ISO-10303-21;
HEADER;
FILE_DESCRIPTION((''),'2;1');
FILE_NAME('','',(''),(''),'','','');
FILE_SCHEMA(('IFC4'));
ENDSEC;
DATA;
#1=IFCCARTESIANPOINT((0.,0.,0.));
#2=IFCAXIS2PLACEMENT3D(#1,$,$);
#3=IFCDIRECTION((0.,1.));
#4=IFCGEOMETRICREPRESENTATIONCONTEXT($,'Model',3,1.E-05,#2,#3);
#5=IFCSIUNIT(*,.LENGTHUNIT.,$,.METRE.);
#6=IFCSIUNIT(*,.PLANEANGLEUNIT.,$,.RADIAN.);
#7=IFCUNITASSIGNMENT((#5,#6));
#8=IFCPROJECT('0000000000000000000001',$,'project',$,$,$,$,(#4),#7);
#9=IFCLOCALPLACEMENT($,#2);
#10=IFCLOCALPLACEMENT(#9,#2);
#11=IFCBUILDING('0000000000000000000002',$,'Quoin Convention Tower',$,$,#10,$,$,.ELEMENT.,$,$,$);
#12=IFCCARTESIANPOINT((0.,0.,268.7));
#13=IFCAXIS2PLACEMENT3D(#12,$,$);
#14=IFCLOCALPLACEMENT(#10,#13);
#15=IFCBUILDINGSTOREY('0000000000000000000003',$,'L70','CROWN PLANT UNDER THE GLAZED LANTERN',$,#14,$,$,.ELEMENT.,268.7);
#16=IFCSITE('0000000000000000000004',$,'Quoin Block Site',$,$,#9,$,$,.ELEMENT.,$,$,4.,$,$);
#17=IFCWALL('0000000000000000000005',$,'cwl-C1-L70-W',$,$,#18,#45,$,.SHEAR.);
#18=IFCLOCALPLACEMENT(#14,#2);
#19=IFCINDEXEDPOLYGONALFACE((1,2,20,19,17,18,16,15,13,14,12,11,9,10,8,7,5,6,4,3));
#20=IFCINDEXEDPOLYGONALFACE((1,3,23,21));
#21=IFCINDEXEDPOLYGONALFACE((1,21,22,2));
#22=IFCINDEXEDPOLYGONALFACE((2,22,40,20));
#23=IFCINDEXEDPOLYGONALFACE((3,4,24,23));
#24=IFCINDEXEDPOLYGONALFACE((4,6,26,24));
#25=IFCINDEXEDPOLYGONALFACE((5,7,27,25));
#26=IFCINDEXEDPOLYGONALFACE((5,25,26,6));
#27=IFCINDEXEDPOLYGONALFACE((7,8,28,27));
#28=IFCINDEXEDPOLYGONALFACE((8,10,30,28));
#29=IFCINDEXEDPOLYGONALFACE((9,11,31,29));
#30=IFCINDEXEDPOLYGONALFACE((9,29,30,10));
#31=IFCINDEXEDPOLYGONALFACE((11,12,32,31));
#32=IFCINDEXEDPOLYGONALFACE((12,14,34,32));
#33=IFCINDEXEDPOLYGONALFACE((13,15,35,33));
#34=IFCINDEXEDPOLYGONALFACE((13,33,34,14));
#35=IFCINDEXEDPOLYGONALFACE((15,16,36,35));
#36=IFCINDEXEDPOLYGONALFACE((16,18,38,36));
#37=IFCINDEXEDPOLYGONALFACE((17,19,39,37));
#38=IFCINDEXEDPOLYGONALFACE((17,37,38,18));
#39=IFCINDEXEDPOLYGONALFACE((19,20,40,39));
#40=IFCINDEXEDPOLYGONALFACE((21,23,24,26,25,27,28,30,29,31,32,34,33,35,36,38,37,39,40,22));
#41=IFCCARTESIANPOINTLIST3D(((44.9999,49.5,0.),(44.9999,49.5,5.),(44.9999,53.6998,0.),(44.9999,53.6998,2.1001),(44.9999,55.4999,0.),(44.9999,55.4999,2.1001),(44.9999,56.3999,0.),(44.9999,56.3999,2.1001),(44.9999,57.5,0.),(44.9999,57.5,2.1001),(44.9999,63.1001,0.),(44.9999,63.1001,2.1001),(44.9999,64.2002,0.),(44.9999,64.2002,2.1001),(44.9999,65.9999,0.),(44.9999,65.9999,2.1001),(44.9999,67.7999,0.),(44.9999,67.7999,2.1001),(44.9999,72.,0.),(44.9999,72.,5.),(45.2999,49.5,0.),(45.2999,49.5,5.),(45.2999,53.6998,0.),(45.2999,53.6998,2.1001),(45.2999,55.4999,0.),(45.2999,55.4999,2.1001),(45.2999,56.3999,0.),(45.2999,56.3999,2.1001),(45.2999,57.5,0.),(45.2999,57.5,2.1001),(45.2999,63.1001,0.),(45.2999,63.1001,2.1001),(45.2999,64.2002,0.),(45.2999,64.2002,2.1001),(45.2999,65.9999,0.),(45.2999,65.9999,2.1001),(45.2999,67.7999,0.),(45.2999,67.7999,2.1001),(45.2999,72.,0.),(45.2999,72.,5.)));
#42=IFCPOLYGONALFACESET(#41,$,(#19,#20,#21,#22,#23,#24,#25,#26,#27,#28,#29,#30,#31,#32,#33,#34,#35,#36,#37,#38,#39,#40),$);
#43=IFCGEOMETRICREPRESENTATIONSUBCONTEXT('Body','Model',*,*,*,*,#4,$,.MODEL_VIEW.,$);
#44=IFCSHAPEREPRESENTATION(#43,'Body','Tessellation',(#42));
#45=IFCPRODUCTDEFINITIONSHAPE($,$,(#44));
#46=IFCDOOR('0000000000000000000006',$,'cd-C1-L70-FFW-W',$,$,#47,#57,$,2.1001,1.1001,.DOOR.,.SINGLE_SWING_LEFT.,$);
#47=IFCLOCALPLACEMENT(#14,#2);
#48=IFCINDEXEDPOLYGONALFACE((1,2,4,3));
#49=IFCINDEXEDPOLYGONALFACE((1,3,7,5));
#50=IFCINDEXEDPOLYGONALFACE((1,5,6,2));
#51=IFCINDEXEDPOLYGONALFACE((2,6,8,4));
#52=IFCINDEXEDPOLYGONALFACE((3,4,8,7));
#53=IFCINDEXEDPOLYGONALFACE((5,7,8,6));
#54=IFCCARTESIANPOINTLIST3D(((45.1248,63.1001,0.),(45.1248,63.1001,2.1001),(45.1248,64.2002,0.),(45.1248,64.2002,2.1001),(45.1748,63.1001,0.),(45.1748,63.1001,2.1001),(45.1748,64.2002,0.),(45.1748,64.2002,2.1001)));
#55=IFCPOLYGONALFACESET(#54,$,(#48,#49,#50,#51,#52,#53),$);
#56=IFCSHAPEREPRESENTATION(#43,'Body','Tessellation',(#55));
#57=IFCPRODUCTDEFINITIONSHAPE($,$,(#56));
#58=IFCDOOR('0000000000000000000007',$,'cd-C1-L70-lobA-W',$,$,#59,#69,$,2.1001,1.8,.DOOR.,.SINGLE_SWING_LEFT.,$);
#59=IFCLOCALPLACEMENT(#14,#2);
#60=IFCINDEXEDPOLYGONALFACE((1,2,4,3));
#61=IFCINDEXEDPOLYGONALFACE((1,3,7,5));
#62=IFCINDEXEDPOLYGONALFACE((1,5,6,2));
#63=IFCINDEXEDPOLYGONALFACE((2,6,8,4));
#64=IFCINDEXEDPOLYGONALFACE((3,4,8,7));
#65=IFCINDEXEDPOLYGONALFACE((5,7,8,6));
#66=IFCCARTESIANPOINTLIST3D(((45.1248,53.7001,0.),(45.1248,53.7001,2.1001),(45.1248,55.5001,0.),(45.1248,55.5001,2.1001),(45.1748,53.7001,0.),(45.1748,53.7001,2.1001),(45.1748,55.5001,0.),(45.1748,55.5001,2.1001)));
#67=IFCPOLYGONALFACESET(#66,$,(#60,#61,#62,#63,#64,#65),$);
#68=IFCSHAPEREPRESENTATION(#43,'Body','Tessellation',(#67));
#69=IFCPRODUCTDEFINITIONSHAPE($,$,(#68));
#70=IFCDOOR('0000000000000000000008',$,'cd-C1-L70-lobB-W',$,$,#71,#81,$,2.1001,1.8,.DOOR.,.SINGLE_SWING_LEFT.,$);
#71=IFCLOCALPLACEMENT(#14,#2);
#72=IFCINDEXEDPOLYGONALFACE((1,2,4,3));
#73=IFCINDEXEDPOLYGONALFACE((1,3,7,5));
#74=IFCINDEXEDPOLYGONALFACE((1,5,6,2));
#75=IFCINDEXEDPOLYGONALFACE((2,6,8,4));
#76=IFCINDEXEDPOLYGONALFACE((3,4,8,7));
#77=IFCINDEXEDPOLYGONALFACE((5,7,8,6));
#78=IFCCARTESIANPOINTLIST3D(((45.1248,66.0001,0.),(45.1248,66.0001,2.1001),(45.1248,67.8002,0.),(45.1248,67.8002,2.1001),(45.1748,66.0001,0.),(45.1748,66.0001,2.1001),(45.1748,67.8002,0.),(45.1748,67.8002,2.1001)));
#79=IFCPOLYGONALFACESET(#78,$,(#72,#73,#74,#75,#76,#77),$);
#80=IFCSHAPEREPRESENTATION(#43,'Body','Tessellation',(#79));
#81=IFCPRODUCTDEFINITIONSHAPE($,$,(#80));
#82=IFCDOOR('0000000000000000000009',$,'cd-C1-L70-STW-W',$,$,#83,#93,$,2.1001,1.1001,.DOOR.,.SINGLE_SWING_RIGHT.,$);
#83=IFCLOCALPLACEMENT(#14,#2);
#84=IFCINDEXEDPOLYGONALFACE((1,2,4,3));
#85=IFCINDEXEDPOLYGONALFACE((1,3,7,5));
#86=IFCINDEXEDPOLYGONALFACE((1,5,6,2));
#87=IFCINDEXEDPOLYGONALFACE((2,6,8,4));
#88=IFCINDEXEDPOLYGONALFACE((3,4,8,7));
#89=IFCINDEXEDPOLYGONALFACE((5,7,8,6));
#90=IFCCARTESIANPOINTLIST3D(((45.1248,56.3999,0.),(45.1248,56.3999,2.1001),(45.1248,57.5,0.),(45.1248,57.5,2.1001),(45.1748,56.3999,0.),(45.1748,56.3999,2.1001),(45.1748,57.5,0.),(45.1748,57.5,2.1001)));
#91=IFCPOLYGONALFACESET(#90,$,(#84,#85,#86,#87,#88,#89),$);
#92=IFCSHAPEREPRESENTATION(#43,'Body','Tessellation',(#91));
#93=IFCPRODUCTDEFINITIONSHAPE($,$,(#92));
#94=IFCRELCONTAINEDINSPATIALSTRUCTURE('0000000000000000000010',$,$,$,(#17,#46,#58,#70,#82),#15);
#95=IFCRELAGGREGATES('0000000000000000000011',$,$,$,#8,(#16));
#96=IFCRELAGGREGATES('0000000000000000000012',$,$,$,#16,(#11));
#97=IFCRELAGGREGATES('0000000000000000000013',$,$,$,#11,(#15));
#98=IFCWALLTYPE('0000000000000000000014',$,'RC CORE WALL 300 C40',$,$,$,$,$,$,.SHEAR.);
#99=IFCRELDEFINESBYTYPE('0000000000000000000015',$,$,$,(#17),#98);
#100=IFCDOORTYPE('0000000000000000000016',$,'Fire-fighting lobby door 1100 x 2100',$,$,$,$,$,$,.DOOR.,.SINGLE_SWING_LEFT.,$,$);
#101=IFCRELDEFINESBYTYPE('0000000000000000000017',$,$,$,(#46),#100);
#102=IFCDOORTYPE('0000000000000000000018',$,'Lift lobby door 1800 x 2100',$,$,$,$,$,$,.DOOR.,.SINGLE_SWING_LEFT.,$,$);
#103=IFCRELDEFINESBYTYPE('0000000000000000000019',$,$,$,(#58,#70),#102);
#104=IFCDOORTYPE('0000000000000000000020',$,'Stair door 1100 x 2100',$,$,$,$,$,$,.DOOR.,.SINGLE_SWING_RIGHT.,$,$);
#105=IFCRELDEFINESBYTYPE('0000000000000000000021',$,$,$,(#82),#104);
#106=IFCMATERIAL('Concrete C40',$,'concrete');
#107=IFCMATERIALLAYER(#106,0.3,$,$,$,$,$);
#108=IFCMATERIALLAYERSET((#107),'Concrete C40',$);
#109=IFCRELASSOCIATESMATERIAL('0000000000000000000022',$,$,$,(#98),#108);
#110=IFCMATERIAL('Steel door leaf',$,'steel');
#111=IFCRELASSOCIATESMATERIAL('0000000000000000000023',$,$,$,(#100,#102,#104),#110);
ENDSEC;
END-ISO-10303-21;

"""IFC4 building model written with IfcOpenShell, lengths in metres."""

from ifc_helpers import new_model, si_unit, direction, frame, frame_2d, origin, place, context, subcontext, project, spatial, rectangle, extrude, material, layer, layer_set, type_object, element, fill, save


model = new_model("IFC4")

# Units and contexts
model_context = context("Model", 3, precision=1e-05, world=origin(), true_north=direction((0.0, 1.0)))
body_context = subcontext(model_context, "Body", "Model", "MODEL_VIEW")
ifc_project = project(units=[si_unit("LENGTHUNIT", "METRE"), si_unit("PLANEANGLEUNIT", "RADIAN")], contexts=[model_context])

# Site, building, storey
site_placement = place(None, origin())
site = spatial("IfcSite", under=ifc_project, at=site_placement, Name="Quoin Block Site", CompositionType="ELEMENT", RefElevation=4.0)
building_placement = place(site_placement, origin())
building = spatial("IfcBuilding", under=site, at=building_placement, Name="Quoin Convention Tower", CompositionType="ELEMENT")
storey_placement = place(building_placement, frame((0.0, 0.0, 268.7)))
storey = spatial("IfcBuildingStorey", under=building, at=storey_placement, Name="L70", Description="CROWN PLANT UNDER THE GLAZED LANTERN", CompositionType="ELEMENT", Elevation=268.7)

# Shared definitions
ifc_material_1 = material(Name="Steel door leaf", Category="steel")

# Shared definitions
ifc_material_2 = material(Name="Concrete C40", Category="concrete")
ifc_layer_1 = layer(ifc_material_2, 0.3)
ifc_layer_set_1 = layer_set([ifc_layer_1], Name="Concrete C40")
wall_type_1 = type_object("IfcWallType", Name="RC CORE WALL 300 C40", PredefinedType="SHEAR", material=ifc_layer_set_1)

# Wall, openings, doors
wall_1_placement = place(storey_placement, frame((45.1499, 49.5, 0.0), z_axis=(0.0, 0.0, 1.0), x_axis=(0.0, 1.0, 0.0)))
wall_1 = element("IfcWall", 1, at=wall_1_placement, inside=storey, type_object=wall_type_1, Name="cwl-C1-L70-W", PredefinedType="SHEAR", context=body_context, shape_type="SweptSolid", body=[
    extrude(rectangle(XDim=22.5, YDim=0.3, at=frame_2d((11.25, 0.0))), origin(), (0.0, 0.0, 1.0), 5.0),
])
opening_1_placement = place(wall_1_placement, frame((4.2, 0.0, 0.0)))
opening_1 = element("IfcOpeningElement", 2, at=opening_1_placement, cuts=wall_1, PredefinedType="OPENING", context=body_context, shape_type="SweptSolid", body=[
    extrude(rectangle(XDim=1.8, YDim=2.1001, at=frame_2d((0.8999, 1.05))), frame((0.0, 0.1599, 0.0), z_axis=(0.0, -1.0, 0.0), x_axis=(1.0, 0.0, 0.0)), (0.0, 0.0, 1.0), 0.3201),
])
opening_2_placement = place(wall_1_placement, frame((6.8999, 0.0, 0.0)))
opening_2 = element("IfcOpeningElement", 3, at=opening_2_placement, cuts=wall_1, PredefinedType="OPENING", context=body_context, shape_type="SweptSolid", body=[
    extrude(rectangle(XDim=1.1001, YDim=2.1001, at=frame_2d((0.55, 1.05))), frame((0.0, 0.1599, 0.0), z_axis=(0.0, -1.0, 0.0), x_axis=(1.0, 0.0, 0.0)), (0.0, 0.0, 1.0), 0.3201),
])
opening_3_placement = place(wall_1_placement, frame((13.6001, 0.0, 0.0)))
opening_3 = element("IfcOpeningElement", 4, at=opening_3_placement, cuts=wall_1, PredefinedType="OPENING", context=body_context, shape_type="SweptSolid", body=[
    extrude(rectangle(XDim=1.1001, YDim=2.1001, at=frame_2d((0.55, 1.05))), frame((0.0, 0.1599, 0.0), z_axis=(0.0, -1.0, 0.0), x_axis=(1.0, 0.0, 0.0)), (0.0, 0.0, 1.0), 0.3201),
])
opening_4_placement = place(wall_1_placement, frame((16.5, 0.0, 0.0)))
opening_4 = element("IfcOpeningElement", 5, at=opening_4_placement, cuts=wall_1, PredefinedType="OPENING", context=body_context, shape_type="SweptSolid", body=[
    extrude(rectangle(XDim=1.8, YDim=2.1001, at=frame_2d((0.8999, 1.05))), frame((0.0, 0.1599, 0.0), z_axis=(0.0, -1.0, 0.0), x_axis=(1.0, 0.0, 0.0)), (0.0, 0.0, 1.0), 0.3201),
])
door_type_1 = type_object("IfcDoorType", Name="Fire-fighting lobby door 1100 x 2100", OperationType="SINGLE_SWING_LEFT", PredefinedType="DOOR", material=ifc_material_1)
door_1_placement = place(opening_3_placement, frame((1.1001, 0.0, 0.0), z_axis=(0.0, 0.0, 1.0), x_axis=(-1.0, 0.0, 0.0)))
door_1 = element("IfcDoor", 6, at=door_1_placement, inside=storey, type_object=door_type_1, Name="cd-C1-L70-FFW-W", OperationType="SINGLE_SWING_LEFT", OverallHeight=2.1001, OverallWidth=1.1001, PredefinedType="DOOR", context=body_context, shape_type="SweptSolid", body=[
    extrude(rectangle(XDim=1.1001, YDim=2.1001, at=frame_2d((0.55, 1.05))), frame((0.0, 0.0249, 0.0), z_axis=(0.0, -1.0, 0.0), x_axis=(1.0, 0.0, 0.0)), (0.0, 0.0, 1.0), 0.05),
])
fill(opening_3, door_1)
door_type_2 = type_object("IfcDoorType", Name="Lift lobby door 1800 x 2100", OperationType="SINGLE_SWING_LEFT", PredefinedType="DOOR", material=ifc_material_1)
door_2_placement = place(opening_1_placement, frame((1.8, 0.0, 0.0), z_axis=(0.0, 0.0, 1.0), x_axis=(-1.0, 0.0, 0.0)))
door_2 = element("IfcDoor", 7, at=door_2_placement, inside=storey, type_object=door_type_2, Name="cd-C1-L70-lobA-W", OperationType="SINGLE_SWING_LEFT", OverallHeight=2.1001, OverallWidth=1.8, PredefinedType="DOOR", context=body_context, shape_type="SweptSolid", body=[
    extrude(rectangle(XDim=1.8, YDim=2.1001, at=frame_2d((0.8999, 1.05))), frame((0.0, 0.0249, 0.0), z_axis=(0.0, -1.0, 0.0), x_axis=(1.0, 0.0, 0.0)), (0.0, 0.0, 1.0), 0.05),
])
fill(opening_1, door_2)
door_3_placement = place(opening_4_placement, frame((1.8, 0.0, 0.0), z_axis=(0.0, 0.0, 1.0), x_axis=(-1.0, 0.0, 0.0)))
door_3 = element("IfcDoor", 8, at=door_3_placement, inside=storey, type_object=door_type_2, Name="cd-C1-L70-lobB-W", OperationType="SINGLE_SWING_LEFT", OverallHeight=2.1001, OverallWidth=1.8, PredefinedType="DOOR", context=body_context, shape_type="SweptSolid", body=[
    extrude(rectangle(XDim=1.8, YDim=2.1001, at=frame_2d((0.8999, 1.05))), frame((0.0, 0.0249, 0.0), z_axis=(0.0, -1.0, 0.0), x_axis=(1.0, 0.0, 0.0)), (0.0, 0.0, 1.0), 0.05),
])
fill(opening_4, door_3)
door_type_3 = type_object("IfcDoorType", Name="Stair door 1100 x 2100", OperationType="SINGLE_SWING_RIGHT", PredefinedType="DOOR", material=ifc_material_1)
door_4_placement = place(opening_2_placement, frame((1.1001, 0.0, 0.0), z_axis=(0.0, 0.0, 1.0), x_axis=(-1.0, 0.0, 0.0)))
door_4 = element("IfcDoor", 9, at=door_4_placement, inside=storey, type_object=door_type_3, Name="cd-C1-L70-STW-W", OperationType="SINGLE_SWING_RIGHT", OverallHeight=2.1001, OverallWidth=1.1001, PredefinedType="DOOR", context=body_context, shape_type="SweptSolid", body=[
    extrude(rectangle(XDim=1.1001, YDim=2.1001, at=frame_2d((0.55, 1.05))), frame((0.0, 0.0249, 0.0), z_axis=(0.0, -1.0, 0.0), x_axis=(1.0, 0.0, 0.0)), (0.0, 0.0, 1.0), 0.05),
])
fill(opening_2, door_4)

save(model, "model.ifc")
